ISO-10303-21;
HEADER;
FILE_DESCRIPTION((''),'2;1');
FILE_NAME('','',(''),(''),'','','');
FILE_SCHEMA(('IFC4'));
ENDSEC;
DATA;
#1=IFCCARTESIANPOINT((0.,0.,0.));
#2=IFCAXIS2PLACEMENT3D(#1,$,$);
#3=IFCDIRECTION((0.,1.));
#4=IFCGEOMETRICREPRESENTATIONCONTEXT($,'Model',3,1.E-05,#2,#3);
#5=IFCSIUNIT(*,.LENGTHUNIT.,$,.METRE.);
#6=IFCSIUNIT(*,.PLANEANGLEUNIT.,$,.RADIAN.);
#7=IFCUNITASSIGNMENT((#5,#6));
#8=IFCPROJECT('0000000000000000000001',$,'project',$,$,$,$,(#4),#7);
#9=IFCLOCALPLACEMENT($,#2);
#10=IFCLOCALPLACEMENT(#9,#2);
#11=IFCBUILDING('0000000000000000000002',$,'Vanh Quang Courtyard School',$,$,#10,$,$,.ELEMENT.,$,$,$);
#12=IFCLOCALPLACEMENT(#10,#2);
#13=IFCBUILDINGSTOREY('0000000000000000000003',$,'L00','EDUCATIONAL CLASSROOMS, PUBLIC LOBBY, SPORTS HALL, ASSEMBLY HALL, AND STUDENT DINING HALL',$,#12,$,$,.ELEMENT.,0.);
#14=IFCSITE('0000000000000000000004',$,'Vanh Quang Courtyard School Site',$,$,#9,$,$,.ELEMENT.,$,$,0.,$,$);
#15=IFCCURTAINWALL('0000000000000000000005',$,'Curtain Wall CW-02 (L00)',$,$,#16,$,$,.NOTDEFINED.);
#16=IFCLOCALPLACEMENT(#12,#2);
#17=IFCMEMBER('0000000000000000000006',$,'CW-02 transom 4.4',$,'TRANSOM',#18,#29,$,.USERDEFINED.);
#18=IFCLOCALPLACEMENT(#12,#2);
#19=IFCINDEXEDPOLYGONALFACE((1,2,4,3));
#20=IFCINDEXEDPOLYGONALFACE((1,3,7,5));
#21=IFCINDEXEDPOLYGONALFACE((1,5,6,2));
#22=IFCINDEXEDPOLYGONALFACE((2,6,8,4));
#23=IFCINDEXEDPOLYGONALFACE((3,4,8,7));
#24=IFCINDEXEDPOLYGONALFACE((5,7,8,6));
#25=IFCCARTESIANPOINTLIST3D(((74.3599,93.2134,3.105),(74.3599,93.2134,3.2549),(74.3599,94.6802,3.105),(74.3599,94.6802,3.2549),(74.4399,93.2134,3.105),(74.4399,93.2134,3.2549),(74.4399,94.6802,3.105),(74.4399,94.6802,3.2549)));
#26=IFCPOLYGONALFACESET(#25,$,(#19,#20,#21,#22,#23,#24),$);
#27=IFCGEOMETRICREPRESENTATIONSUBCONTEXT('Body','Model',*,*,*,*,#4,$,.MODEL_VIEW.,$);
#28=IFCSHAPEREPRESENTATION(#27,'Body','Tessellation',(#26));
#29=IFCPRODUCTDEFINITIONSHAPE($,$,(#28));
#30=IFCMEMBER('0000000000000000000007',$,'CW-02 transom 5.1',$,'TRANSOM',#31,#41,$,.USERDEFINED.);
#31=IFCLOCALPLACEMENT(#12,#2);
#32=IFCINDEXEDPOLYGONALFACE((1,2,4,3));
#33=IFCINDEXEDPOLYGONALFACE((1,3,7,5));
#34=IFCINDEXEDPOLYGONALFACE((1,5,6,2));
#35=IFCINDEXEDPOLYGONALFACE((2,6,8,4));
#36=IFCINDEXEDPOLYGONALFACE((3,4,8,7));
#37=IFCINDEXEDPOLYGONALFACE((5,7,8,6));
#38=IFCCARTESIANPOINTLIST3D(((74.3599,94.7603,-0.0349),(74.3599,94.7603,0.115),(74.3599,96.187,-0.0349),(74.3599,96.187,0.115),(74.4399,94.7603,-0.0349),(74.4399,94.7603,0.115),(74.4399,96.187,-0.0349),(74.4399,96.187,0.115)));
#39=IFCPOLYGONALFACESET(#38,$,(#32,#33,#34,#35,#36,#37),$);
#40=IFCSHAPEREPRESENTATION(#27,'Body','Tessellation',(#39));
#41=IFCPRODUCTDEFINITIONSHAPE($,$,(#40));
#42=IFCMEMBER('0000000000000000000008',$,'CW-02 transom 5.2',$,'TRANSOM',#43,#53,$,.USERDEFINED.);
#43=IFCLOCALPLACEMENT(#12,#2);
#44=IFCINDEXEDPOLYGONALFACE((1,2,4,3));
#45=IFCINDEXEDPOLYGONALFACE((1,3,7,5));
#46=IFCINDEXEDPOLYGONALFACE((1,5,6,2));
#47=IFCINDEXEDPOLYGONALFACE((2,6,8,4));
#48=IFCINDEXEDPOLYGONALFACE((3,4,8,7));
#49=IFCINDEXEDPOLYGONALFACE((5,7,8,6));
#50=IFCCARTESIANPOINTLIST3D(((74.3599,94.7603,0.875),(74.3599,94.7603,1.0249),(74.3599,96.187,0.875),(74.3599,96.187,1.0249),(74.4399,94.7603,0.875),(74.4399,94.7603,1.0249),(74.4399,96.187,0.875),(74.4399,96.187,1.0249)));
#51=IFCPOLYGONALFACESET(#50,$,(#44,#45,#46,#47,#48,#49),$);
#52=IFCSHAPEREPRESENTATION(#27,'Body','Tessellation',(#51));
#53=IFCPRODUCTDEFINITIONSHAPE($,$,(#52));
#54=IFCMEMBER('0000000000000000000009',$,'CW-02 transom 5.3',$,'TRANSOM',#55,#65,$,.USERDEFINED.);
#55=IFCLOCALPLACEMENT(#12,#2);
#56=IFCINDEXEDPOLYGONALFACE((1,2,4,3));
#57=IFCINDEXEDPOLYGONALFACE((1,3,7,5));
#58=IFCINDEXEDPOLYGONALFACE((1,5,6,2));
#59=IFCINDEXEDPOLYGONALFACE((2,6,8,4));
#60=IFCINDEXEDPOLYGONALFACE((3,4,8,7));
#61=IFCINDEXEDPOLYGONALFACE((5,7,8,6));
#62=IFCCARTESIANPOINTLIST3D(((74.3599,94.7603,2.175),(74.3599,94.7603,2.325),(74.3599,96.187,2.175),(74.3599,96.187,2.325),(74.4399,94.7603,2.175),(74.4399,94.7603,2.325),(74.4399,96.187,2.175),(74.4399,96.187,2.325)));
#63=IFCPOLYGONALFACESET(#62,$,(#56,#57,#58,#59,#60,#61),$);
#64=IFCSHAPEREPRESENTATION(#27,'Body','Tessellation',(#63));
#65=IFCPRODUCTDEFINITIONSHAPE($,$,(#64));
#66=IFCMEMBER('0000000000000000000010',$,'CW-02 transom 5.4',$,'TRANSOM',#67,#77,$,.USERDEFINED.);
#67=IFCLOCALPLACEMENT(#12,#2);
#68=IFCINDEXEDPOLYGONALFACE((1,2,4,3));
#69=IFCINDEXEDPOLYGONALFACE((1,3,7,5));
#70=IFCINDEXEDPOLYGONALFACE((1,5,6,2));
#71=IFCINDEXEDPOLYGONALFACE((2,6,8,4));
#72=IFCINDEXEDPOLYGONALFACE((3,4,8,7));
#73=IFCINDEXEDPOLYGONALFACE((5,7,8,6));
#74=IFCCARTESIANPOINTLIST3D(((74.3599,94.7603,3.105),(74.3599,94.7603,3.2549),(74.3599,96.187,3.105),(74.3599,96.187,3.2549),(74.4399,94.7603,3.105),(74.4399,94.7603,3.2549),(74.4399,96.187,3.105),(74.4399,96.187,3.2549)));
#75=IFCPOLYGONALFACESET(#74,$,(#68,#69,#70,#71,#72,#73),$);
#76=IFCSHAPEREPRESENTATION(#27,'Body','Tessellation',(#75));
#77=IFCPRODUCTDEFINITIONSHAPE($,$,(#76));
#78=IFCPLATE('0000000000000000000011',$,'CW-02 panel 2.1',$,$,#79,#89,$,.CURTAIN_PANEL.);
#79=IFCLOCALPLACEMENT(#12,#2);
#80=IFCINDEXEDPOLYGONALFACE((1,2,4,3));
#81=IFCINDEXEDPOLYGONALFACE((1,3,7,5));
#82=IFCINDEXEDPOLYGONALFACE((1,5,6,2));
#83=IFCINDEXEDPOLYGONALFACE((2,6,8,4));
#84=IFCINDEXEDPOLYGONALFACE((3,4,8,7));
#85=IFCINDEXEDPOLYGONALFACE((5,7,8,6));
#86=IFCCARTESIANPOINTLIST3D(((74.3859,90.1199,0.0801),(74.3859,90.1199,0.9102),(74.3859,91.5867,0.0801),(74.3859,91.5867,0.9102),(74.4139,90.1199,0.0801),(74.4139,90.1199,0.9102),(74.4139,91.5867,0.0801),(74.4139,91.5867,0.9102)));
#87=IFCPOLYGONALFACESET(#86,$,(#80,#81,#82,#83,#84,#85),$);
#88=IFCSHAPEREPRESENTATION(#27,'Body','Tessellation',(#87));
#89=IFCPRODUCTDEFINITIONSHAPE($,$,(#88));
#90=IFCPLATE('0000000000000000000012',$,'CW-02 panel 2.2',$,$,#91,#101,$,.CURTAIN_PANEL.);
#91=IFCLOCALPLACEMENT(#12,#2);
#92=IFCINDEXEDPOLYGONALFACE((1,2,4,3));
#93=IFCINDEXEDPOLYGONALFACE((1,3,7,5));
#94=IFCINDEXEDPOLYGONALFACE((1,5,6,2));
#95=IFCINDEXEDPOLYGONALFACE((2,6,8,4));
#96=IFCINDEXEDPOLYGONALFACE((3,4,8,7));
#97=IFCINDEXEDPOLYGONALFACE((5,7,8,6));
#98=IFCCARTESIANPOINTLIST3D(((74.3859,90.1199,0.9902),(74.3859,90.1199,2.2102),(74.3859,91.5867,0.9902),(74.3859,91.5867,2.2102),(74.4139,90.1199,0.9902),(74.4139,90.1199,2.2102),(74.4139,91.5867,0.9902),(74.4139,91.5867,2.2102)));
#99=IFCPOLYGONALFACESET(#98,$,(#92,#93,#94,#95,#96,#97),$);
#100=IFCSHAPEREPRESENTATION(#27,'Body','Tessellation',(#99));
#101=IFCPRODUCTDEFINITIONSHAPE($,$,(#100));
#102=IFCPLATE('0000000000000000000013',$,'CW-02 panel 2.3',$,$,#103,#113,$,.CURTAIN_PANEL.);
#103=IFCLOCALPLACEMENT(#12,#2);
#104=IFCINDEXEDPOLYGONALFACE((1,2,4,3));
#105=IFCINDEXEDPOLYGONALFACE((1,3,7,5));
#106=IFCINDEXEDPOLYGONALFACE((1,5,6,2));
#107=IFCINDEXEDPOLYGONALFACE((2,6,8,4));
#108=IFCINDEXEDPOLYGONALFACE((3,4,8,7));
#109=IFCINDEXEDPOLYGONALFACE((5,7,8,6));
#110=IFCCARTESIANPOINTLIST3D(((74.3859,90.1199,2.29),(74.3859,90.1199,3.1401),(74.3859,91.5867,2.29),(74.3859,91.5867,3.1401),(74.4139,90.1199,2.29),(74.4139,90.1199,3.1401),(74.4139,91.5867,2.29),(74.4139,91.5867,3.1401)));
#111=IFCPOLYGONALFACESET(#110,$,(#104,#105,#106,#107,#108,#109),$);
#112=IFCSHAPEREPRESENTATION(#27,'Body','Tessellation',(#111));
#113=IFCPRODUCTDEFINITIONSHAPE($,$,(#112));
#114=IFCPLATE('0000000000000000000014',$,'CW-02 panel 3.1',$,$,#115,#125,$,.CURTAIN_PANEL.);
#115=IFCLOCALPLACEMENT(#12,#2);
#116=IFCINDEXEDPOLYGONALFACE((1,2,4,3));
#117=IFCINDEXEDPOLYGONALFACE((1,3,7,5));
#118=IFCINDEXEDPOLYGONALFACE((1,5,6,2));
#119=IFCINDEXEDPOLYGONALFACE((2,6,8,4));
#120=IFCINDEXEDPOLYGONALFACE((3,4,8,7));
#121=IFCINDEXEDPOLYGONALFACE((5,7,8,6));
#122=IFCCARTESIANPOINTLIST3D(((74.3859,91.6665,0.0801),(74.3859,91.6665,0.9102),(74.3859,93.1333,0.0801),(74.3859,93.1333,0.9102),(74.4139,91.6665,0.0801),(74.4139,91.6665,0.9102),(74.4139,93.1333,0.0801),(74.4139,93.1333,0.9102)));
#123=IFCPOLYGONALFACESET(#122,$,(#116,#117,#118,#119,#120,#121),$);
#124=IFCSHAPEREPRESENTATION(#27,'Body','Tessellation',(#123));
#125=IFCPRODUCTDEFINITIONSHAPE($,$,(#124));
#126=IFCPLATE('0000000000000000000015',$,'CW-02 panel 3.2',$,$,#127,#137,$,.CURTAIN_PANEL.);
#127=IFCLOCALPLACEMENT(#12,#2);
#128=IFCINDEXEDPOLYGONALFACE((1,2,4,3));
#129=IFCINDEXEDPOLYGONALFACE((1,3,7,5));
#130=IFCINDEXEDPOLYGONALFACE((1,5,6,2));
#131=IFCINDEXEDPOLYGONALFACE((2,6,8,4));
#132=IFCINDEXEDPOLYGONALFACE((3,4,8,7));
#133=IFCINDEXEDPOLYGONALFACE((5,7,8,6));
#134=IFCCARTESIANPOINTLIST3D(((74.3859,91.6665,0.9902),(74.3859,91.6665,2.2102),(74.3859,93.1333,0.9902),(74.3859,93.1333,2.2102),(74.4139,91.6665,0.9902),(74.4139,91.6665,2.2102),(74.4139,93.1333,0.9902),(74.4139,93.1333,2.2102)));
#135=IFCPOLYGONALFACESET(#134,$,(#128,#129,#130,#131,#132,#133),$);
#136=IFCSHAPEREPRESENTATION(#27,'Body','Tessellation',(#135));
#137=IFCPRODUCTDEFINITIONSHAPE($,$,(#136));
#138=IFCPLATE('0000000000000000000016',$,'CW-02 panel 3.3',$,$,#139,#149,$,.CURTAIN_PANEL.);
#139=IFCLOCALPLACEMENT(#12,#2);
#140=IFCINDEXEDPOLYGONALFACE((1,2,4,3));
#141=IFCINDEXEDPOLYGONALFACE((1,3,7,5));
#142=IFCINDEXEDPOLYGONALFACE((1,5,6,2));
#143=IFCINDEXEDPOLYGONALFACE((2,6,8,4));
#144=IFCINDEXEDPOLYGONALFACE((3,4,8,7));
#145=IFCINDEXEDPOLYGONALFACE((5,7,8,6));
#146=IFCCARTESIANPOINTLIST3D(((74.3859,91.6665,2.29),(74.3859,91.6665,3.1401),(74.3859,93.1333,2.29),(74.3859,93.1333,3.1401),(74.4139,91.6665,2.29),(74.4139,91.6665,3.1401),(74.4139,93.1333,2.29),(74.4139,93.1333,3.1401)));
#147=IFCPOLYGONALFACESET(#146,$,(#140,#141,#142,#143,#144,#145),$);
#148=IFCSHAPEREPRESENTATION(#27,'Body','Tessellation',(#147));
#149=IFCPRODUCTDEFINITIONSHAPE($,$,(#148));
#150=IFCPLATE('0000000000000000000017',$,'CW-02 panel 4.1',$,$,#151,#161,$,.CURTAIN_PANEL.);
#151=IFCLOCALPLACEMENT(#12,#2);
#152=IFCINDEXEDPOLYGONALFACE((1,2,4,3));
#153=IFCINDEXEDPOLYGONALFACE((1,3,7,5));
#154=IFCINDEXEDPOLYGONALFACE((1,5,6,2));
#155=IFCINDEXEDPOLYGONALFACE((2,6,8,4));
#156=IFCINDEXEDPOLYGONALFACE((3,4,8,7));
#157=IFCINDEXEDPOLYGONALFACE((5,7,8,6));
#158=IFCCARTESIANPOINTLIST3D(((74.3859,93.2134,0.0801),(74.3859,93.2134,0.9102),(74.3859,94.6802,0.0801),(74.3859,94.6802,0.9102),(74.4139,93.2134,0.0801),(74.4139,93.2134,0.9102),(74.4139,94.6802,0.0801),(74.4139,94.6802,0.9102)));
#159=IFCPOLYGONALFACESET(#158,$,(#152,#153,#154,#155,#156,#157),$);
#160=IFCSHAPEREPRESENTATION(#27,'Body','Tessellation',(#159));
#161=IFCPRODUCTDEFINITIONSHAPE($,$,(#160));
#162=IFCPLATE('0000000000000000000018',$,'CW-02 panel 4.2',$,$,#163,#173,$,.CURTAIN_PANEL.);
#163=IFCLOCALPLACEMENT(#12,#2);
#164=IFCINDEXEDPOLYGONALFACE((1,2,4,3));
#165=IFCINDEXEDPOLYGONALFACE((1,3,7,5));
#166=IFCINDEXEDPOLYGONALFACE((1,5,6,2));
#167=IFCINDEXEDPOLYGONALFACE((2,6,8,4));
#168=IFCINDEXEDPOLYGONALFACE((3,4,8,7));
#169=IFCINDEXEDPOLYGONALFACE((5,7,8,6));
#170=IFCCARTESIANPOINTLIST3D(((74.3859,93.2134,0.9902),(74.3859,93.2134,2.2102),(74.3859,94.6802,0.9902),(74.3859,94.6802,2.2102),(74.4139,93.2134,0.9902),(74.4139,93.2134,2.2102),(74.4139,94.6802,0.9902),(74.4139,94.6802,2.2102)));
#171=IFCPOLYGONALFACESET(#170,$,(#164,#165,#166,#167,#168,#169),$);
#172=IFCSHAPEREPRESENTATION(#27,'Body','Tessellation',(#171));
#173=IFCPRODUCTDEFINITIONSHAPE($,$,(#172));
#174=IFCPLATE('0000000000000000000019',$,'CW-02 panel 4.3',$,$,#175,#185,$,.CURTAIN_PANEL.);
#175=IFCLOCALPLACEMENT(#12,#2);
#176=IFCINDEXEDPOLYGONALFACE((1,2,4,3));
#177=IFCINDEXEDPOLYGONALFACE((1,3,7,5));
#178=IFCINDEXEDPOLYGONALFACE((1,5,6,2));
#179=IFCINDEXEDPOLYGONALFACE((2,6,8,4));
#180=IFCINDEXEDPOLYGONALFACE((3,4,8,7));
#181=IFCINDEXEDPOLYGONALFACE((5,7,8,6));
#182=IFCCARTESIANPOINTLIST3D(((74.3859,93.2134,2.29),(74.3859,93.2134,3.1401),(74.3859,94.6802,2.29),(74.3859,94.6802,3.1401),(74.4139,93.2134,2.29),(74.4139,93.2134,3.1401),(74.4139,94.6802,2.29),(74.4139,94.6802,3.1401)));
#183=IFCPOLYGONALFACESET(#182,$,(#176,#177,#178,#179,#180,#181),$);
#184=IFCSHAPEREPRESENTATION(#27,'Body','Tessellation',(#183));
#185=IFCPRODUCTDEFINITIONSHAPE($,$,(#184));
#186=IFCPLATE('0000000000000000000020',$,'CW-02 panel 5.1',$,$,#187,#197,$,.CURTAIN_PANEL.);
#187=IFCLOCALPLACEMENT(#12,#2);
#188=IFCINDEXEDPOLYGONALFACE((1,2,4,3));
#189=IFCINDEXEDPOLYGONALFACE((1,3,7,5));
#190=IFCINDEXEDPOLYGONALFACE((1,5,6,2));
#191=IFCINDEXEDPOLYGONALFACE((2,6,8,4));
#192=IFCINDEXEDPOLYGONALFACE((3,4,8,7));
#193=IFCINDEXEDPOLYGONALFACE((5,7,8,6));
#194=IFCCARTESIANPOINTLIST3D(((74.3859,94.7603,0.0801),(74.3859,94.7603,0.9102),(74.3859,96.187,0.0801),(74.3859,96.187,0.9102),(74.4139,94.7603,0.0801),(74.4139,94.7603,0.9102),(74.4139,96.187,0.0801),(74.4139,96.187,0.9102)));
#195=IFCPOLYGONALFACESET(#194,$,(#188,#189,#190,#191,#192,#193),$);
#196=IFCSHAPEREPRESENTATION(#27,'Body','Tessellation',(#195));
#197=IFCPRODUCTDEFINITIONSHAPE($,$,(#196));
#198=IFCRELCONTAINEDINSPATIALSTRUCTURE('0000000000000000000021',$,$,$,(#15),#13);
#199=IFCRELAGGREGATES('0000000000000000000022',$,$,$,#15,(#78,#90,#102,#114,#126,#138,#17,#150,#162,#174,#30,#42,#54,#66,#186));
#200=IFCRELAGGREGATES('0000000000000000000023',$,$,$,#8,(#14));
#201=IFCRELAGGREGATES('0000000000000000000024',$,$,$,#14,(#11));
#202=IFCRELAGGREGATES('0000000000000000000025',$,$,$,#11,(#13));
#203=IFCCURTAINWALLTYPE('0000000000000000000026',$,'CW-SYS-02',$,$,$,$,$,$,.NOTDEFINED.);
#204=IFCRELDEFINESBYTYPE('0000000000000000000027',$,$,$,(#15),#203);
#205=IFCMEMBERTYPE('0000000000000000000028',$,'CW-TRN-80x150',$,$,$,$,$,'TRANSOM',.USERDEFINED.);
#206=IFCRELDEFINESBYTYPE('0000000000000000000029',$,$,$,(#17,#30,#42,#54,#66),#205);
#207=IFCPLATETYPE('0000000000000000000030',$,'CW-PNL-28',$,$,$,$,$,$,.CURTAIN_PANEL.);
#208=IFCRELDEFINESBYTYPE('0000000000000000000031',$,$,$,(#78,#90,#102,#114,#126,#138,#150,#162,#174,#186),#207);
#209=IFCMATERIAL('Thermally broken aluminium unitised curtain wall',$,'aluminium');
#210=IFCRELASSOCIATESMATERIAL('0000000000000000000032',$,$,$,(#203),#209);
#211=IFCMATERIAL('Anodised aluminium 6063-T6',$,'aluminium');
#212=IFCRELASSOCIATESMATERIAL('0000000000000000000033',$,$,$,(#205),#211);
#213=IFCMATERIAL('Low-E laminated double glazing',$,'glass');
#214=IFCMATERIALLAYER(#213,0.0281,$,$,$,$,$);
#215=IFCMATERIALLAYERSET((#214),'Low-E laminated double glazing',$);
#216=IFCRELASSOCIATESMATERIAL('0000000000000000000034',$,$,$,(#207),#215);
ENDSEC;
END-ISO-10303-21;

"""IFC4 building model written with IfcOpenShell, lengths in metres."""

from ifc_helpers import new_model, si_unit, direction, frame, origin, origin_2d, place, context, subcontext, project, spatial, rectangle, extrude, material, layer, layer_set, material_profile, profile_set, type_object, element, aggregate, save


model = new_model("IFC4")

# Units and contexts
model_context = context("Model", 3, precision=1e-05, world=origin(), true_north=direction((0.0, 1.0)))
body_context = subcontext(model_context, "Body", "Model", "MODEL_VIEW")
ifc_project = project(units=[si_unit("LENGTHUNIT", "METRE"), si_unit("PLANEANGLEUNIT", "RADIAN")], contexts=[model_context])

# Site, building, storey
site_placement = place(None, origin())
site = spatial("IfcSite", under=ifc_project, at=site_placement, Name="Vanh Quang Courtyard School Site", CompositionType="ELEMENT", RefElevation=0.0)
building_placement = place(site_placement, origin())
building = spatial("IfcBuilding", under=site, at=building_placement, Name="Vanh Quang Courtyard School", CompositionType="ELEMENT")
storey_placement = place(building_placement, origin())
storey = spatial("IfcBuildingStorey", under=building, at=storey_placement, Name="L00", Description="EDUCATIONAL CLASSROOMS, PUBLIC LOBBY, SPORTS HALL, ASSEMBLY HALL, AND STUDENT DINING HALL", CompositionType="ELEMENT", Elevation=0.0)

# Curtain wall, members, plates
ifc_material_1 = material(Name="Thermally broken aluminium unitised curtain wall", Category="aluminium")
curtain_wall_type = type_object("IfcCurtainWallType", Name="CW-SYS-02", PredefinedType="NOTDEFINED", material=ifc_material_1)
curtain_wall_placement = place(storey_placement, origin())
curtain_wall = element("IfcCurtainWall", 1, at=curtain_wall_placement, inside=storey, type_object=curtain_wall_type, Name="Curtain Wall CW-02 (L00)", PredefinedType="NOTDEFINED")
ifc_material_2 = material(Name="Anodised aluminium 6063-T6", Category="aluminium")
ifc_material_profile_1 = material_profile(ifc_material_2, rectangle(XDim=0.0801, YDim=0.1499, at=origin_2d()), Name="ALU-TRN 80x150")
ifc_profile_set_1 = profile_set([ifc_material_profile_1], Name="Anodised aluminium 6063-T6")
member_type_1 = type_object("IfcMemberType", Name="CW-TRN-80x150", ElementType="TRANSOM", PredefinedType="USERDEFINED", material=ifc_profile_set_1)
member_1_placement = place(storey_placement, frame((74.3999, 93.2134, 3.1799), z_axis=(0.0, 1.0, 0.0), x_axis=(-1.0, 0.0, 0.0)))
member_1 = element("IfcMember", 2, at=member_1_placement, type_object=member_type_1, Name="CW-02 transom 4.4", ObjectType="TRANSOM", PredefinedType="USERDEFINED", context=body_context, shape_type="SweptSolid", body=[
    extrude(rectangle(XDim=0.0801, YDim=0.1499, at=origin_2d()), origin(), (0.0, 0.0, 1.0), 1.4668),
])
member_2_placement = place(storey_placement, frame((74.3999, 94.7603, 0.04), z_axis=(0.0, 1.0, 0.0), x_axis=(-1.0, 0.0, 0.0)))
member_2 = element("IfcMember", 3, at=member_2_placement, type_object=member_type_1, Name="CW-02 transom 5.1", ObjectType="TRANSOM", PredefinedType="USERDEFINED", context=body_context, shape_type="SweptSolid", body=[
    extrude(rectangle(XDim=0.0801, YDim=0.1499, at=origin_2d()), origin(), (0.0, 0.0, 1.0), 1.4268),
])
member_3_placement = place(storey_placement, frame((74.3999, 94.7603, 0.95), z_axis=(0.0, 1.0, 0.0), x_axis=(-1.0, 0.0, 0.0)))
member_3 = element("IfcMember", 4, at=member_3_placement, type_object=member_type_1, Name="CW-02 transom 5.2", ObjectType="TRANSOM", PredefinedType="USERDEFINED", context=body_context, shape_type="SweptSolid", body=[
    extrude(rectangle(XDim=0.0801, YDim=0.1499, at=origin_2d()), origin(), (0.0, 0.0, 1.0), 1.4268),
])
member_4_placement = place(storey_placement, frame((74.3999, 94.7603, 2.25), z_axis=(0.0, 1.0, 0.0), x_axis=(-1.0, 0.0, 0.0)))
member_4 = element("IfcMember", 5, at=member_4_placement, type_object=member_type_1, Name="CW-02 transom 5.3", ObjectType="TRANSOM", PredefinedType="USERDEFINED", context=body_context, shape_type="SweptSolid", body=[
    extrude(rectangle(XDim=0.0801, YDim=0.1499, at=origin_2d()), origin(), (0.0, 0.0, 1.0), 1.4268),
])
member_5_placement = place(storey_placement, frame((74.3999, 94.7603, 3.1799), z_axis=(0.0, 1.0, 0.0), x_axis=(-1.0, 0.0, 0.0)))
member_5 = element("IfcMember", 6, at=member_5_placement, type_object=member_type_1, Name="CW-02 transom 5.4", ObjectType="TRANSOM", PredefinedType="USERDEFINED", context=body_context, shape_type="SweptSolid", body=[
    extrude(rectangle(XDim=0.0801, YDim=0.1499, at=origin_2d()), origin(), (0.0, 0.0, 1.0), 1.4268),
])
ifc_material_3 = material(Name="Low-E laminated double glazing", Category="glass")
ifc_layer = layer(ifc_material_3, 0.0281)
ifc_layer_set = layer_set([ifc_layer], Name="Low-E laminated double glazing")
plate_type = type_object("IfcPlateType", Name="CW-PNL-28", PredefinedType="CURTAIN_PANEL", material=ifc_layer_set)
plate_1_placement = place(storey_placement, frame((74.3999, 90.8533, 0.0801), z_axis=(0.0, 0.0, 1.0), x_axis=(0.0, 1.0, 0.0)))
plate_1 = element("IfcPlate", 7, at=plate_1_placement, type_object=plate_type, Name="CW-02 panel 2.1", PredefinedType="CURTAIN_PANEL", context=body_context, shape_type="SweptSolid", body=[
    extrude(rectangle(XDim=1.4668, YDim=0.0281, at=origin_2d()), origin(), (0.0, 0.0, 1.0), 0.8301),
])
plate_2_placement = place(storey_placement, frame((74.3999, 90.8533, 0.9902), z_axis=(0.0, 0.0, 1.0), x_axis=(0.0, 1.0, 0.0)))
plate_2 = element("IfcPlate", 8, at=plate_2_placement, type_object=plate_type, Name="CW-02 panel 2.2", PredefinedType="CURTAIN_PANEL", context=body_context, shape_type="SweptSolid", body=[
    extrude(rectangle(XDim=1.4668, YDim=0.0281, at=origin_2d()), origin(), (0.0, 0.0, 1.0), 1.22),
])
plate_3_placement = place(storey_placement, frame((74.3999, 90.8533, 2.29), z_axis=(0.0, 0.0, 1.0), x_axis=(0.0, 1.0, 0.0)))
plate_3 = element("IfcPlate", 9, at=plate_3_placement, type_object=plate_type, Name="CW-02 panel 2.3", PredefinedType="CURTAIN_PANEL", context=body_context, shape_type="SweptSolid", body=[
    extrude(rectangle(XDim=1.4668, YDim=0.0281, at=origin_2d()), origin(), (0.0, 0.0, 1.0), 0.8501),
])
plate_4_placement = place(storey_placement, frame((74.3999, 92.3999, 0.0801), z_axis=(0.0, 0.0, 1.0), x_axis=(0.0, 1.0, 0.0)))
plate_4 = element("IfcPlate", 10, at=plate_4_placement, type_object=plate_type, Name="CW-02 panel 3.1", PredefinedType="CURTAIN_PANEL", context=body_context, shape_type="SweptSolid", body=[
    extrude(rectangle(XDim=1.4668, YDim=0.0281, at=origin_2d()), origin(), (0.0, 0.0, 1.0), 0.8301),
])
plate_5_placement = place(storey_placement, frame((74.3999, 92.3999, 0.9902), z_axis=(0.0, 0.0, 1.0), x_axis=(0.0, 1.0, 0.0)))
plate_5 = element("IfcPlate", 11, at=plate_5_placement, type_object=plate_type, Name="CW-02 panel 3.2", PredefinedType="CURTAIN_PANEL", context=body_context, shape_type="SweptSolid", body=[
    extrude(rectangle(XDim=1.4668, YDim=0.0281, at=origin_2d()), origin(), (0.0, 0.0, 1.0), 1.22),
])
plate_6_placement = place(storey_placement, frame((74.3999, 92.3999, 2.29), z_axis=(0.0, 0.0, 1.0), x_axis=(0.0, 1.0, 0.0)))
plate_6 = element("IfcPlate", 12, at=plate_6_placement, type_object=plate_type, Name="CW-02 panel 3.3", PredefinedType="CURTAIN_PANEL", context=body_context, shape_type="SweptSolid", body=[
    extrude(rectangle(XDim=1.4668, YDim=0.0281, at=origin_2d()), origin(), (0.0, 0.0, 1.0), 0.8501),
])
plate_7_placement = place(storey_placement, frame((74.3999, 93.9468, 0.0801), z_axis=(0.0, 0.0, 1.0), x_axis=(0.0, 1.0, 0.0)))
plate_7 = element("IfcPlate", 13, at=plate_7_placement, type_object=plate_type, Name="CW-02 panel 4.1", PredefinedType="CURTAIN_PANEL", context=body_context, shape_type="SweptSolid", body=[
    extrude(rectangle(XDim=1.4668, YDim=0.0281, at=origin_2d()), origin(), (0.0, 0.0, 1.0), 0.8301),
])
plate_8_placement = place(storey_placement, frame((74.3999, 93.9468, 0.9902), z_axis=(0.0, 0.0, 1.0), x_axis=(0.0, 1.0, 0.0)))
plate_8 = element("IfcPlate", 14, at=plate_8_placement, type_object=plate_type, Name="CW-02 panel 4.2", PredefinedType="CURTAIN_PANEL", context=body_context, shape_type="SweptSolid", body=[
    extrude(rectangle(XDim=1.4668, YDim=0.0281, at=origin_2d()), origin(), (0.0, 0.0, 1.0), 1.22),
])
plate_9_placement = place(storey_placement, frame((74.3999, 93.9468, 2.29), z_axis=(0.0, 0.0, 1.0), x_axis=(0.0, 1.0, 0.0)))
plate_9 = element("IfcPlate", 15, at=plate_9_placement, type_object=plate_type, Name="CW-02 panel 4.3", PredefinedType="CURTAIN_PANEL", context=body_context, shape_type="SweptSolid", body=[
    extrude(rectangle(XDim=1.4668, YDim=0.0281, at=origin_2d()), origin(), (0.0, 0.0, 1.0), 0.8501),
])
plate_10_placement = place(storey_placement, frame((74.3999, 95.4736, 0.0801), z_axis=(0.0, 0.0, 1.0), x_axis=(0.0, 1.0, 0.0)))
plate_10 = element("IfcPlate", 16, at=plate_10_placement, type_object=plate_type, Name="CW-02 panel 5.1", PredefinedType="CURTAIN_PANEL", context=body_context, shape_type="SweptSolid", body=[
    extrude(rectangle(XDim=1.4268, YDim=0.0281, at=origin_2d()), origin(), (0.0, 0.0, 1.0), 0.8301),
])
aggregate(curtain_wall, [plate_1, plate_2, plate_3, plate_4, plate_5, plate_6, member_1, plate_7, plate_8, plate_9, member_2, member_3, member_4, member_5, plate_10])

save(model, "model.ifc")
